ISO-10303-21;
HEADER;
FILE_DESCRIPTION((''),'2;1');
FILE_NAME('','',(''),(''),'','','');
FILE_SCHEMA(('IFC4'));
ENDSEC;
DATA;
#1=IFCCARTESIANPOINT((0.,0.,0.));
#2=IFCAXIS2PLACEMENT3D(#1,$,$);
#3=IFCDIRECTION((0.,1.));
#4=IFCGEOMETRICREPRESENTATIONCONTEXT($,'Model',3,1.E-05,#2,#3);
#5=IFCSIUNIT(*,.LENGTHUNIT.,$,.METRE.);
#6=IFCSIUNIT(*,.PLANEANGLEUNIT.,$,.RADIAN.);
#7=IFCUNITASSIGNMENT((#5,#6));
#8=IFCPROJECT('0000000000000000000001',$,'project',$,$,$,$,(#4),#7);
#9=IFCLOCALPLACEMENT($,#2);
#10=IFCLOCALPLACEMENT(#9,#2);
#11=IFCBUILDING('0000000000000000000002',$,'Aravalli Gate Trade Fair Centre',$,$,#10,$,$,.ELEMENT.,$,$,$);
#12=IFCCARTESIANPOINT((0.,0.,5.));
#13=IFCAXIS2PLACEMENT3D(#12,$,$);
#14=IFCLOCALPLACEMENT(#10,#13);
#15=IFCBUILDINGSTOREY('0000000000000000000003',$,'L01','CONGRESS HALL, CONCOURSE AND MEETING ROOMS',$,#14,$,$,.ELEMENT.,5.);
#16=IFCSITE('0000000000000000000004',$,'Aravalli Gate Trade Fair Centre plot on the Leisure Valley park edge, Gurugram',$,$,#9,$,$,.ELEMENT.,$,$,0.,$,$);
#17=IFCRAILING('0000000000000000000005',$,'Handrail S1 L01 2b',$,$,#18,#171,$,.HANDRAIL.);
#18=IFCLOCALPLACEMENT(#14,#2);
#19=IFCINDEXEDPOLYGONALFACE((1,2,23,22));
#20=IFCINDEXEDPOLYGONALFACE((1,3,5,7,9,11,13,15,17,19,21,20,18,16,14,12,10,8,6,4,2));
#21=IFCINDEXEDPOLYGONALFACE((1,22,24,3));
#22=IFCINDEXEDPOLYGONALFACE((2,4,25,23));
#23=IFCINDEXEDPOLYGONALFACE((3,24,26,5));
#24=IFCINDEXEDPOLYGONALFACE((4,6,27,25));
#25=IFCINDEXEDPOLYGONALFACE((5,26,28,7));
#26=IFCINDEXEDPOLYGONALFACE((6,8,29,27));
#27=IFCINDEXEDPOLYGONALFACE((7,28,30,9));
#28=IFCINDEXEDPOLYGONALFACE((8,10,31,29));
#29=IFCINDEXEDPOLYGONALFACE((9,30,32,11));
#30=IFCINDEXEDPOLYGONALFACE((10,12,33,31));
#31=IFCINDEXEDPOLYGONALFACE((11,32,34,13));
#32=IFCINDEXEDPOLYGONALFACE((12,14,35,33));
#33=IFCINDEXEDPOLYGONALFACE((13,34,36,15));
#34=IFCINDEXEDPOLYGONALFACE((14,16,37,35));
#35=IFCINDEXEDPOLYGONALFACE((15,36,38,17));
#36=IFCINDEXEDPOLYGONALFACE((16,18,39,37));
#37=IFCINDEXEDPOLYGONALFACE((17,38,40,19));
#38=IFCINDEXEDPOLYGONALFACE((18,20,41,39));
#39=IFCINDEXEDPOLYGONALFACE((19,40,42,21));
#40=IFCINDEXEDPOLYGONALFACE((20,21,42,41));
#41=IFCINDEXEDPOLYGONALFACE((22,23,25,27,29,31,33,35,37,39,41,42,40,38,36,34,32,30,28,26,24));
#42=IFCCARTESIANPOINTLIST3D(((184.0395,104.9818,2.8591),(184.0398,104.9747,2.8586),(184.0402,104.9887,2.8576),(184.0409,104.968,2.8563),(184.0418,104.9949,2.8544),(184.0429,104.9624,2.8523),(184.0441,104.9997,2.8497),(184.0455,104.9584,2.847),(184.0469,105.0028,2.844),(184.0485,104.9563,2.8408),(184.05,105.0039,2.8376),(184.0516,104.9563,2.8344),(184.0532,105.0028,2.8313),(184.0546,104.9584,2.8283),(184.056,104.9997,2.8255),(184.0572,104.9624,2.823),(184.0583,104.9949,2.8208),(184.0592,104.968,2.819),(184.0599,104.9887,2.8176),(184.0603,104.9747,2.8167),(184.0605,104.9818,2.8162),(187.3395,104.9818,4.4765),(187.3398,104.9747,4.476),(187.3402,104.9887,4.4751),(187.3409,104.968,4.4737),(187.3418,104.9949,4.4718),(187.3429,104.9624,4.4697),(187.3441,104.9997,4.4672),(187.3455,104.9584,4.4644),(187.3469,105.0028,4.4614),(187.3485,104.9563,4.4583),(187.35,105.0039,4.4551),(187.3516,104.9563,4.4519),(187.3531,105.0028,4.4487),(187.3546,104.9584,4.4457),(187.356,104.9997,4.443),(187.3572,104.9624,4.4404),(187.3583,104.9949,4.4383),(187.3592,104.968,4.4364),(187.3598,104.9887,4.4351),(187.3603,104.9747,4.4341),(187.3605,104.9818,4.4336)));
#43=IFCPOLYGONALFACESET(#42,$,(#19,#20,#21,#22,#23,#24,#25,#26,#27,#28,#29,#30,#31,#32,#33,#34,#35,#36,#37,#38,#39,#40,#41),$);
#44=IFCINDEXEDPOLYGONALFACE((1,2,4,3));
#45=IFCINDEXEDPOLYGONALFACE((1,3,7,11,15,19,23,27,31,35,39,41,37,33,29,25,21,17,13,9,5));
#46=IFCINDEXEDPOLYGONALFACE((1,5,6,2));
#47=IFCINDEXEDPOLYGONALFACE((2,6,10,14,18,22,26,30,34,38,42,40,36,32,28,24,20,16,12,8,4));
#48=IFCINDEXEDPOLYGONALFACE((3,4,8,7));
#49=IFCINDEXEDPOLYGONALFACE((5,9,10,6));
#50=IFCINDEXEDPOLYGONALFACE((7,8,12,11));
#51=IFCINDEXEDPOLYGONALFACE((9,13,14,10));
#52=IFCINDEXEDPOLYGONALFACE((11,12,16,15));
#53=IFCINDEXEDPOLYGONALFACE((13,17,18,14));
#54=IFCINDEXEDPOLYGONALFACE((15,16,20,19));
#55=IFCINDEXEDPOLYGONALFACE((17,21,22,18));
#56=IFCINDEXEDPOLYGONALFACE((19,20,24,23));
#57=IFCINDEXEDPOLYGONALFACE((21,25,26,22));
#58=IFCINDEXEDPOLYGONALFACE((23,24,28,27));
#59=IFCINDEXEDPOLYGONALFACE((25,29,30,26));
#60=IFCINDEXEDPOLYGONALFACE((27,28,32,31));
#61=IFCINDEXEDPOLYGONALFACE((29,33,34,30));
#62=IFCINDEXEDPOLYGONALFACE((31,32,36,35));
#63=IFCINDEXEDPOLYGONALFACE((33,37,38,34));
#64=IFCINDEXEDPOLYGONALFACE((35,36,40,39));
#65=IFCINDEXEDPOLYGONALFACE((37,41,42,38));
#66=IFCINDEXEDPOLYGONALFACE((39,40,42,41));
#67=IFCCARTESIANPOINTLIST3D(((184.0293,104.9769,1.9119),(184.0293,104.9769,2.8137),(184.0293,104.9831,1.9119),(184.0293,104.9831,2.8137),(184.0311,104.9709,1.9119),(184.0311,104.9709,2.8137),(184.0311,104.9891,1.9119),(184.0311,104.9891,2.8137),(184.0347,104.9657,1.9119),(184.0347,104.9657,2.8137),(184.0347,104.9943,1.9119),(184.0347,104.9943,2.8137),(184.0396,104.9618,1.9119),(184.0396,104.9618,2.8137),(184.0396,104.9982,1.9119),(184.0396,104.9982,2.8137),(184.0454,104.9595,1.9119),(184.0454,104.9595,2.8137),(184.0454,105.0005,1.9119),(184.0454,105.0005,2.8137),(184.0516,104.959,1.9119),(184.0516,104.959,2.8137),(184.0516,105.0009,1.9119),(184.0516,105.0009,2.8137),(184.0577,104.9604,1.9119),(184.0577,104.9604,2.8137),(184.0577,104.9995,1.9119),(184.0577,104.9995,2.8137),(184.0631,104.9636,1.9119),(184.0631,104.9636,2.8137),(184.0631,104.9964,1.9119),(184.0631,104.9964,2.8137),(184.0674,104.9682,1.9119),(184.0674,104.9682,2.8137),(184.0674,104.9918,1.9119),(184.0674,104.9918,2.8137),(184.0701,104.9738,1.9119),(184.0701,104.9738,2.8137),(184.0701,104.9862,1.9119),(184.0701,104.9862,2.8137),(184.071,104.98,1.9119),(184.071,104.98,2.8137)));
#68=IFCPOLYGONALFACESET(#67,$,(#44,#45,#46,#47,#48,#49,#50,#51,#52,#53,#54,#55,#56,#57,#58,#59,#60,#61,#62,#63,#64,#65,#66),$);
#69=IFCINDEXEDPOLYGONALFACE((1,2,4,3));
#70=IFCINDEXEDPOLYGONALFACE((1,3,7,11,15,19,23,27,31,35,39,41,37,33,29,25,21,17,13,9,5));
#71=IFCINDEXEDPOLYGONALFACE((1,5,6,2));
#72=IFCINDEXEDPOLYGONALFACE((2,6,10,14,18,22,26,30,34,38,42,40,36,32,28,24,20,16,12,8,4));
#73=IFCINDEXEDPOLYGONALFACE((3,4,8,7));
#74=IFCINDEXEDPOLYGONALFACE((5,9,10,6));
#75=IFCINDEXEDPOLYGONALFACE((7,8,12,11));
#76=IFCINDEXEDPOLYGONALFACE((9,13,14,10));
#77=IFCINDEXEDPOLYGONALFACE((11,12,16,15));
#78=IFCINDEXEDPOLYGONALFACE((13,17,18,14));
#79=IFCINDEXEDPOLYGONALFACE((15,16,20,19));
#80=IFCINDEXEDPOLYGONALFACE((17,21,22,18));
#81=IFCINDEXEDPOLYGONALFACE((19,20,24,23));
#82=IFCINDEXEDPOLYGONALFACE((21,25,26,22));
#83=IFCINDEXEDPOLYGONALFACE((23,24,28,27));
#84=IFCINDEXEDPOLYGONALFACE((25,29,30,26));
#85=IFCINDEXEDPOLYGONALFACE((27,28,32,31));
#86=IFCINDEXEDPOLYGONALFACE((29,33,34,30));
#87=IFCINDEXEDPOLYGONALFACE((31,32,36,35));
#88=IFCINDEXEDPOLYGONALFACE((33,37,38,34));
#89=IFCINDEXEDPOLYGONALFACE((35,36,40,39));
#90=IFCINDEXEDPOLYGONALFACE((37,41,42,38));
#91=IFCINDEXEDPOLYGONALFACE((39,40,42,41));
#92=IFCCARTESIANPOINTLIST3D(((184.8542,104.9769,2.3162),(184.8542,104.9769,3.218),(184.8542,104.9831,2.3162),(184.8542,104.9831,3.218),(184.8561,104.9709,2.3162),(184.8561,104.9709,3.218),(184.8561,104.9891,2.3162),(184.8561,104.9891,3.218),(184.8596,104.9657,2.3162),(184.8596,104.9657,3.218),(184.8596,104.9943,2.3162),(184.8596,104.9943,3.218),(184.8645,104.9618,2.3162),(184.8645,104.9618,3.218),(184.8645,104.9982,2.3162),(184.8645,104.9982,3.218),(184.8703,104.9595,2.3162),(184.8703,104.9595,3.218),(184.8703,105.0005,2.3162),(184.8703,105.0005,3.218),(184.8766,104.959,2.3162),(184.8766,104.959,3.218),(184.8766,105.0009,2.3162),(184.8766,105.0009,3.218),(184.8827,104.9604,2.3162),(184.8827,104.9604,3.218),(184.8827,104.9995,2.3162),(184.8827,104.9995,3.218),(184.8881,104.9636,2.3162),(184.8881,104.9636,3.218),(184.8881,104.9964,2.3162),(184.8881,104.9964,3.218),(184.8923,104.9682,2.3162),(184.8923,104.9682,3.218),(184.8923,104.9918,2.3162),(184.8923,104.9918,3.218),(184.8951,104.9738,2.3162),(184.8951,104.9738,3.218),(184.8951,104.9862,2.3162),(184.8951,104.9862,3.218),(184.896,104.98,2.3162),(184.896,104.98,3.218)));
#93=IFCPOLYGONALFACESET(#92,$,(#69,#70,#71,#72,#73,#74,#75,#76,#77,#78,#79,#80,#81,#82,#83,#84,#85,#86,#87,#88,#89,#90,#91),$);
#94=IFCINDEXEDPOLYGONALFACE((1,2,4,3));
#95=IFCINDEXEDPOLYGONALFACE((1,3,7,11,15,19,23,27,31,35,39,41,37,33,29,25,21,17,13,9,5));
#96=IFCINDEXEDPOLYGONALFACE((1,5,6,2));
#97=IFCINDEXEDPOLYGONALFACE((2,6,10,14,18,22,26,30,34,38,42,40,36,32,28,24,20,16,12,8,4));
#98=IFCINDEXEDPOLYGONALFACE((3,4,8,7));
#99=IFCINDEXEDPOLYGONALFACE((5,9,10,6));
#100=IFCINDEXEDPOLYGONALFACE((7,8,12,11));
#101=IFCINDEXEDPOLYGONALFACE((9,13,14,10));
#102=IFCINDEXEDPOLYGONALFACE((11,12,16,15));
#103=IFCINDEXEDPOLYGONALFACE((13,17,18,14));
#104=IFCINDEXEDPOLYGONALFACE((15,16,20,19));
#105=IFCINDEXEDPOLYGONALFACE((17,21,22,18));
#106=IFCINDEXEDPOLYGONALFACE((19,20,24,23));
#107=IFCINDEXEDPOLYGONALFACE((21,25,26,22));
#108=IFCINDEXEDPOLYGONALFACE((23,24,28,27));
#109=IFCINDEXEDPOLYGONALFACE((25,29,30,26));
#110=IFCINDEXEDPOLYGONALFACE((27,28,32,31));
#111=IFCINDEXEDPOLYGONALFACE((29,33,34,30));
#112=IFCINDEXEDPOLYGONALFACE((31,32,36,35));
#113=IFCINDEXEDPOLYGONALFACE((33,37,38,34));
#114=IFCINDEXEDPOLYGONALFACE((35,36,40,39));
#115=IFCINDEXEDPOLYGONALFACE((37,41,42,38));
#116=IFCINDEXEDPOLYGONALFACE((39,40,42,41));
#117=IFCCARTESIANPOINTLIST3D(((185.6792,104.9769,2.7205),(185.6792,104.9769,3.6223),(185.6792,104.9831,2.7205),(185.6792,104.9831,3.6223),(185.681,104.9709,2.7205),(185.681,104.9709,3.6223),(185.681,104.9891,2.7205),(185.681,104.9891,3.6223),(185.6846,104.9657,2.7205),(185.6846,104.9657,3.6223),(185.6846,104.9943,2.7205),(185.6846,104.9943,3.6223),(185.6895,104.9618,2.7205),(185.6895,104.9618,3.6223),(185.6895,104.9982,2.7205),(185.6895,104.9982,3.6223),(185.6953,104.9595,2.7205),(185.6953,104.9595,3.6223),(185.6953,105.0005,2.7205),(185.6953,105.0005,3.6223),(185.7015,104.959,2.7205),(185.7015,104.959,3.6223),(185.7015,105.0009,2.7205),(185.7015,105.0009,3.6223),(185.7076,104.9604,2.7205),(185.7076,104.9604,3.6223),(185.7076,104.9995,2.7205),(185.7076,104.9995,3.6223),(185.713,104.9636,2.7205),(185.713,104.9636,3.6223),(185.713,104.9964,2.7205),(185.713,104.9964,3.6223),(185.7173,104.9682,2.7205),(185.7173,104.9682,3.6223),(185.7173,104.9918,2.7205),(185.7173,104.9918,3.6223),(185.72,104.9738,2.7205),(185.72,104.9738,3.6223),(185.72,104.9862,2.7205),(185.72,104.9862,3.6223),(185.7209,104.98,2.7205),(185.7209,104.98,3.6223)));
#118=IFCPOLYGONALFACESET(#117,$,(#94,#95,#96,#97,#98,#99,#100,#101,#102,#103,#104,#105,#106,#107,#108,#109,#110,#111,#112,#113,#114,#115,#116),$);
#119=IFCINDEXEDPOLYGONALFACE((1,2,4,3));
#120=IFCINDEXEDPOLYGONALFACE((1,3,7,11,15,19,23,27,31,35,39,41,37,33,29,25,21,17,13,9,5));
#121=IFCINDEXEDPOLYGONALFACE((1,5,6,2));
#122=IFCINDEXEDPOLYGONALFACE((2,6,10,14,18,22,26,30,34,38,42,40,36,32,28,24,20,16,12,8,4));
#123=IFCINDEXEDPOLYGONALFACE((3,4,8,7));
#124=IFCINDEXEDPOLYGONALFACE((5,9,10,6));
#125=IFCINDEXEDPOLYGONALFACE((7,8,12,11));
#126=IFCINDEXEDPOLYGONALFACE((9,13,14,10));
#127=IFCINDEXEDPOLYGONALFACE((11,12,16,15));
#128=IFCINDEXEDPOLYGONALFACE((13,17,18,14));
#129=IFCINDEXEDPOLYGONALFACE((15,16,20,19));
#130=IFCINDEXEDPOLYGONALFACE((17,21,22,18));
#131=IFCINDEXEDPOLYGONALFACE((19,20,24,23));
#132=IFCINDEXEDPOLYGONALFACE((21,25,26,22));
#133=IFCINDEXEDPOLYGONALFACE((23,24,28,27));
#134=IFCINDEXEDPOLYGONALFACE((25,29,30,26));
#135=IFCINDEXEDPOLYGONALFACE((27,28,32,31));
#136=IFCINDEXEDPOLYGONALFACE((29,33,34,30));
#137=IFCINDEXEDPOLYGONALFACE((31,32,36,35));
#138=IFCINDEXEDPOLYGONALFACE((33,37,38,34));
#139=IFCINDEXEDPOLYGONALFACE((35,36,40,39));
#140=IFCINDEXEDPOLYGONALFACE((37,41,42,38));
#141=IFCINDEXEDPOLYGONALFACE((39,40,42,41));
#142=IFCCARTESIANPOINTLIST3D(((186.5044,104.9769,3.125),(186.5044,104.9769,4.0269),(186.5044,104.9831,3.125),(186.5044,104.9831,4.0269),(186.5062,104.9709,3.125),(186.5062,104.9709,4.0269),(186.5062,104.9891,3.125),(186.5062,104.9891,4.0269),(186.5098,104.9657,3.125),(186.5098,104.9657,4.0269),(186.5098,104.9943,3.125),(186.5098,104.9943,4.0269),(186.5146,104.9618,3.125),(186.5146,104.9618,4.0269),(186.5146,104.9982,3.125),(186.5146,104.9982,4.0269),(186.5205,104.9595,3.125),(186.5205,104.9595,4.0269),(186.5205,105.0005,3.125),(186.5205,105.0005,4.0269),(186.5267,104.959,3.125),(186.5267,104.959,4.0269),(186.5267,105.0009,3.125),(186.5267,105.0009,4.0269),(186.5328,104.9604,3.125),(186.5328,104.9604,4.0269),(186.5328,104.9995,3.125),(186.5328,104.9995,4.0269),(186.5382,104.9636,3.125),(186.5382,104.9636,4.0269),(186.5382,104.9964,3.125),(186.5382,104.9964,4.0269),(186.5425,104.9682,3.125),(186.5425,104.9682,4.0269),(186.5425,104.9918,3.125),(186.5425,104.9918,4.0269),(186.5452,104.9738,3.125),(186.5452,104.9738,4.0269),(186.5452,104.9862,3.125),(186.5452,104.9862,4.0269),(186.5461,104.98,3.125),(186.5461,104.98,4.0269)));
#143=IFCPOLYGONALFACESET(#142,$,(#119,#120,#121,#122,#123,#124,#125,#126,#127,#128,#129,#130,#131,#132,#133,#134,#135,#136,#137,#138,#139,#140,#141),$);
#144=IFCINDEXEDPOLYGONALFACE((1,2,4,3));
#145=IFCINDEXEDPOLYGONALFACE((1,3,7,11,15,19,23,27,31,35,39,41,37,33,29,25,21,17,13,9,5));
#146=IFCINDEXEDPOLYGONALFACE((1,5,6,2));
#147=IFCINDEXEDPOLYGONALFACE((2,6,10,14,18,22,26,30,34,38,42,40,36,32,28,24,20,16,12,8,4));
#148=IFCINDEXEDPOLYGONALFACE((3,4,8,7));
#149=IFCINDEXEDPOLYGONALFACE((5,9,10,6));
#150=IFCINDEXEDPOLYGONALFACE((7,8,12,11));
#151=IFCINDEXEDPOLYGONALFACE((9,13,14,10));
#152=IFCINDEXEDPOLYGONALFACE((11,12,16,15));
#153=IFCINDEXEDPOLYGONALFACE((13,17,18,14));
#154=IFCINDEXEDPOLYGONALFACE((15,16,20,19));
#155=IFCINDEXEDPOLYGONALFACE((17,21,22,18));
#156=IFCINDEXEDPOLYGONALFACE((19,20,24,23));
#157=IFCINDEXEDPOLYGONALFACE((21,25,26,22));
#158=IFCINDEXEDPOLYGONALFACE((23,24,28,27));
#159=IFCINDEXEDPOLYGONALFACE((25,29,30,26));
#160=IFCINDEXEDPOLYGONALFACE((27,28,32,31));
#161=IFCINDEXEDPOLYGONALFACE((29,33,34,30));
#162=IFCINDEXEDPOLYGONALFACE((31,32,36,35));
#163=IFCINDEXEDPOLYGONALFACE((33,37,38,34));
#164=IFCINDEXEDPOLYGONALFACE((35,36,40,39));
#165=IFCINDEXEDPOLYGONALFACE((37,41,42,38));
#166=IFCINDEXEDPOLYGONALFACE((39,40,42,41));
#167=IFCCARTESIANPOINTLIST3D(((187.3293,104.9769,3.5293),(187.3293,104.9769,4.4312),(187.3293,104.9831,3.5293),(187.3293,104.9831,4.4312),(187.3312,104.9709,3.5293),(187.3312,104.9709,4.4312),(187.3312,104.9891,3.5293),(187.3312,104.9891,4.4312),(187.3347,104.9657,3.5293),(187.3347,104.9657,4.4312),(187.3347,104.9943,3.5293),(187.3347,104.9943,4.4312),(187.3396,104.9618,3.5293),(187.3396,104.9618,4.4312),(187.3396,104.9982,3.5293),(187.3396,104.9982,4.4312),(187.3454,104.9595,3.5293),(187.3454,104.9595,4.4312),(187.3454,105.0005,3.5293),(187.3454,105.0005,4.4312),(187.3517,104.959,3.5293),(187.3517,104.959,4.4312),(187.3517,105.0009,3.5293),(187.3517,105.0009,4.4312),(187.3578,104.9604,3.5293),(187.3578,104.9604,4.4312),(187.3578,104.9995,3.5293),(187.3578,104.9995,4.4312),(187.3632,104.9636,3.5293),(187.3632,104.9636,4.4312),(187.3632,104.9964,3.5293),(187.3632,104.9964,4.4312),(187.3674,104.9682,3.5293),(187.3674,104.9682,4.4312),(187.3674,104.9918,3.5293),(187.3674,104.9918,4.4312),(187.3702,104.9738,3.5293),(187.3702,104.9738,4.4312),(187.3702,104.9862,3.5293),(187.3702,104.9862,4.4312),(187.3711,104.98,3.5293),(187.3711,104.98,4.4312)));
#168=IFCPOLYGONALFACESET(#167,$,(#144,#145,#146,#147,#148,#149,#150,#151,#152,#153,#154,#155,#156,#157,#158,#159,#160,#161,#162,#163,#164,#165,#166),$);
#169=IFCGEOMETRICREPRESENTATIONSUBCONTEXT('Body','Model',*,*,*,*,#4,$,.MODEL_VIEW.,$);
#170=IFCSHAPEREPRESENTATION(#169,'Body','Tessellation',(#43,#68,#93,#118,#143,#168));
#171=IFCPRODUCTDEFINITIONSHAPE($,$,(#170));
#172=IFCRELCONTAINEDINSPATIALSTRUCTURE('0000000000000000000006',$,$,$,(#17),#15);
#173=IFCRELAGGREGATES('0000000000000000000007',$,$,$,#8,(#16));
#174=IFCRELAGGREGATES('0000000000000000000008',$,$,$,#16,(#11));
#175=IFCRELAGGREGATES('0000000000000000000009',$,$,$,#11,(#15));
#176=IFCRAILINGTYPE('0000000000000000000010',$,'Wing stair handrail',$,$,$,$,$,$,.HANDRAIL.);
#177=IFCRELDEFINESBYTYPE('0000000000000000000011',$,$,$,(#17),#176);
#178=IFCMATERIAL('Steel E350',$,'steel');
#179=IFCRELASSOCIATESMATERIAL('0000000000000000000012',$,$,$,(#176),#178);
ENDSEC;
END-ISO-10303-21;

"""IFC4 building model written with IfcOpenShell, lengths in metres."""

from ifc_helpers import new_model, si_unit, direction, frame, origin, origin_2d, place, context, subcontext, project, spatial, circle, extrude, material, type_object, element, save


model = new_model("IFC4")

# Units and contexts
model_context = context("Model", 3, precision=1e-05, world=origin(), true_north=direction((0.0, 1.0)))
body_context = subcontext(model_context, "Body", "Model", "MODEL_VIEW")
ifc_project = project(units=[si_unit("LENGTHUNIT", "METRE"), si_unit("PLANEANGLEUNIT", "RADIAN")], contexts=[model_context])

# Site, building, storey
site_placement = place(None, origin())
site = spatial("IfcSite", under=ifc_project, at=site_placement, Name="Aravalli Gate Trade Fair Centre plot on the Leisure Valley park edge, Gurugram", CompositionType="ELEMENT", RefElevation=0.0)
building_placement = place(site_placement, origin())
building = spatial("IfcBuilding", under=site, at=building_placement, Name="Aravalli Gate Trade Fair Centre", CompositionType="ELEMENT")
storey_placement = place(building_placement, frame((0.0, 0.0, 5.0)))
storey = spatial("IfcBuildingStorey", under=building, at=storey_placement, Name="L01", Description="CONGRESS HALL, CONCOURSE AND MEETING ROOMS", CompositionType="ELEMENT", Elevation=5.0)

# Railing
ifc_material_1 = material(Name="Steel E350", Category="steel")
railing_type_1 = type_object("IfcRailingType", Name="Wing stair handrail", PredefinedType="HANDRAIL", material=ifc_material_1)
for number, where, name in (
    (1, (184.05, 104.98, 1.9119), "Handrail S1 L01 2b"),
):
    element("IfcRailing", number, at=place(storey_placement, frame(where)), inside=storey, type_object=railing_type_1, Name=name, PredefinedType="HANDRAIL", context=body_context, shape_type="SweptSolid", body=[
        extrude(circle(Radius=0.0239, at=origin_2d()), frame((0.0, 0.0, 0.9258), z_axis=(0.897946, 0.0, 0.440105), x_axis=(0.0, 1.0, 0.0)), (0.0, 0.0, 1.0), 3.675),
        extrude(circle(Radius=0.021, at=origin_2d()), origin(), (0.0, 0.0, 1.0), 0.9019),
        extrude(circle(Radius=0.021, at=origin_2d()), frame((0.825, 0.0, 0.4043)), (0.0, 0.0, 1.0), 0.9019),
        extrude(circle(Radius=0.021, at=origin_2d()), frame((1.6499, 0.0, 0.8086)), (0.0, 0.0, 1.0), 0.9019),
        extrude(circle(Radius=0.021, at=origin_2d()), frame((2.4751, 0.0, 1.2131)), (0.0, 0.0, 1.0), 0.9019),
        extrude(circle(Radius=0.021, at=origin_2d()), frame((3.3, 0.0, 1.6174)), (0.0, 0.0, 1.0), 0.9019),
    ])

save(model, "model.ifc")
